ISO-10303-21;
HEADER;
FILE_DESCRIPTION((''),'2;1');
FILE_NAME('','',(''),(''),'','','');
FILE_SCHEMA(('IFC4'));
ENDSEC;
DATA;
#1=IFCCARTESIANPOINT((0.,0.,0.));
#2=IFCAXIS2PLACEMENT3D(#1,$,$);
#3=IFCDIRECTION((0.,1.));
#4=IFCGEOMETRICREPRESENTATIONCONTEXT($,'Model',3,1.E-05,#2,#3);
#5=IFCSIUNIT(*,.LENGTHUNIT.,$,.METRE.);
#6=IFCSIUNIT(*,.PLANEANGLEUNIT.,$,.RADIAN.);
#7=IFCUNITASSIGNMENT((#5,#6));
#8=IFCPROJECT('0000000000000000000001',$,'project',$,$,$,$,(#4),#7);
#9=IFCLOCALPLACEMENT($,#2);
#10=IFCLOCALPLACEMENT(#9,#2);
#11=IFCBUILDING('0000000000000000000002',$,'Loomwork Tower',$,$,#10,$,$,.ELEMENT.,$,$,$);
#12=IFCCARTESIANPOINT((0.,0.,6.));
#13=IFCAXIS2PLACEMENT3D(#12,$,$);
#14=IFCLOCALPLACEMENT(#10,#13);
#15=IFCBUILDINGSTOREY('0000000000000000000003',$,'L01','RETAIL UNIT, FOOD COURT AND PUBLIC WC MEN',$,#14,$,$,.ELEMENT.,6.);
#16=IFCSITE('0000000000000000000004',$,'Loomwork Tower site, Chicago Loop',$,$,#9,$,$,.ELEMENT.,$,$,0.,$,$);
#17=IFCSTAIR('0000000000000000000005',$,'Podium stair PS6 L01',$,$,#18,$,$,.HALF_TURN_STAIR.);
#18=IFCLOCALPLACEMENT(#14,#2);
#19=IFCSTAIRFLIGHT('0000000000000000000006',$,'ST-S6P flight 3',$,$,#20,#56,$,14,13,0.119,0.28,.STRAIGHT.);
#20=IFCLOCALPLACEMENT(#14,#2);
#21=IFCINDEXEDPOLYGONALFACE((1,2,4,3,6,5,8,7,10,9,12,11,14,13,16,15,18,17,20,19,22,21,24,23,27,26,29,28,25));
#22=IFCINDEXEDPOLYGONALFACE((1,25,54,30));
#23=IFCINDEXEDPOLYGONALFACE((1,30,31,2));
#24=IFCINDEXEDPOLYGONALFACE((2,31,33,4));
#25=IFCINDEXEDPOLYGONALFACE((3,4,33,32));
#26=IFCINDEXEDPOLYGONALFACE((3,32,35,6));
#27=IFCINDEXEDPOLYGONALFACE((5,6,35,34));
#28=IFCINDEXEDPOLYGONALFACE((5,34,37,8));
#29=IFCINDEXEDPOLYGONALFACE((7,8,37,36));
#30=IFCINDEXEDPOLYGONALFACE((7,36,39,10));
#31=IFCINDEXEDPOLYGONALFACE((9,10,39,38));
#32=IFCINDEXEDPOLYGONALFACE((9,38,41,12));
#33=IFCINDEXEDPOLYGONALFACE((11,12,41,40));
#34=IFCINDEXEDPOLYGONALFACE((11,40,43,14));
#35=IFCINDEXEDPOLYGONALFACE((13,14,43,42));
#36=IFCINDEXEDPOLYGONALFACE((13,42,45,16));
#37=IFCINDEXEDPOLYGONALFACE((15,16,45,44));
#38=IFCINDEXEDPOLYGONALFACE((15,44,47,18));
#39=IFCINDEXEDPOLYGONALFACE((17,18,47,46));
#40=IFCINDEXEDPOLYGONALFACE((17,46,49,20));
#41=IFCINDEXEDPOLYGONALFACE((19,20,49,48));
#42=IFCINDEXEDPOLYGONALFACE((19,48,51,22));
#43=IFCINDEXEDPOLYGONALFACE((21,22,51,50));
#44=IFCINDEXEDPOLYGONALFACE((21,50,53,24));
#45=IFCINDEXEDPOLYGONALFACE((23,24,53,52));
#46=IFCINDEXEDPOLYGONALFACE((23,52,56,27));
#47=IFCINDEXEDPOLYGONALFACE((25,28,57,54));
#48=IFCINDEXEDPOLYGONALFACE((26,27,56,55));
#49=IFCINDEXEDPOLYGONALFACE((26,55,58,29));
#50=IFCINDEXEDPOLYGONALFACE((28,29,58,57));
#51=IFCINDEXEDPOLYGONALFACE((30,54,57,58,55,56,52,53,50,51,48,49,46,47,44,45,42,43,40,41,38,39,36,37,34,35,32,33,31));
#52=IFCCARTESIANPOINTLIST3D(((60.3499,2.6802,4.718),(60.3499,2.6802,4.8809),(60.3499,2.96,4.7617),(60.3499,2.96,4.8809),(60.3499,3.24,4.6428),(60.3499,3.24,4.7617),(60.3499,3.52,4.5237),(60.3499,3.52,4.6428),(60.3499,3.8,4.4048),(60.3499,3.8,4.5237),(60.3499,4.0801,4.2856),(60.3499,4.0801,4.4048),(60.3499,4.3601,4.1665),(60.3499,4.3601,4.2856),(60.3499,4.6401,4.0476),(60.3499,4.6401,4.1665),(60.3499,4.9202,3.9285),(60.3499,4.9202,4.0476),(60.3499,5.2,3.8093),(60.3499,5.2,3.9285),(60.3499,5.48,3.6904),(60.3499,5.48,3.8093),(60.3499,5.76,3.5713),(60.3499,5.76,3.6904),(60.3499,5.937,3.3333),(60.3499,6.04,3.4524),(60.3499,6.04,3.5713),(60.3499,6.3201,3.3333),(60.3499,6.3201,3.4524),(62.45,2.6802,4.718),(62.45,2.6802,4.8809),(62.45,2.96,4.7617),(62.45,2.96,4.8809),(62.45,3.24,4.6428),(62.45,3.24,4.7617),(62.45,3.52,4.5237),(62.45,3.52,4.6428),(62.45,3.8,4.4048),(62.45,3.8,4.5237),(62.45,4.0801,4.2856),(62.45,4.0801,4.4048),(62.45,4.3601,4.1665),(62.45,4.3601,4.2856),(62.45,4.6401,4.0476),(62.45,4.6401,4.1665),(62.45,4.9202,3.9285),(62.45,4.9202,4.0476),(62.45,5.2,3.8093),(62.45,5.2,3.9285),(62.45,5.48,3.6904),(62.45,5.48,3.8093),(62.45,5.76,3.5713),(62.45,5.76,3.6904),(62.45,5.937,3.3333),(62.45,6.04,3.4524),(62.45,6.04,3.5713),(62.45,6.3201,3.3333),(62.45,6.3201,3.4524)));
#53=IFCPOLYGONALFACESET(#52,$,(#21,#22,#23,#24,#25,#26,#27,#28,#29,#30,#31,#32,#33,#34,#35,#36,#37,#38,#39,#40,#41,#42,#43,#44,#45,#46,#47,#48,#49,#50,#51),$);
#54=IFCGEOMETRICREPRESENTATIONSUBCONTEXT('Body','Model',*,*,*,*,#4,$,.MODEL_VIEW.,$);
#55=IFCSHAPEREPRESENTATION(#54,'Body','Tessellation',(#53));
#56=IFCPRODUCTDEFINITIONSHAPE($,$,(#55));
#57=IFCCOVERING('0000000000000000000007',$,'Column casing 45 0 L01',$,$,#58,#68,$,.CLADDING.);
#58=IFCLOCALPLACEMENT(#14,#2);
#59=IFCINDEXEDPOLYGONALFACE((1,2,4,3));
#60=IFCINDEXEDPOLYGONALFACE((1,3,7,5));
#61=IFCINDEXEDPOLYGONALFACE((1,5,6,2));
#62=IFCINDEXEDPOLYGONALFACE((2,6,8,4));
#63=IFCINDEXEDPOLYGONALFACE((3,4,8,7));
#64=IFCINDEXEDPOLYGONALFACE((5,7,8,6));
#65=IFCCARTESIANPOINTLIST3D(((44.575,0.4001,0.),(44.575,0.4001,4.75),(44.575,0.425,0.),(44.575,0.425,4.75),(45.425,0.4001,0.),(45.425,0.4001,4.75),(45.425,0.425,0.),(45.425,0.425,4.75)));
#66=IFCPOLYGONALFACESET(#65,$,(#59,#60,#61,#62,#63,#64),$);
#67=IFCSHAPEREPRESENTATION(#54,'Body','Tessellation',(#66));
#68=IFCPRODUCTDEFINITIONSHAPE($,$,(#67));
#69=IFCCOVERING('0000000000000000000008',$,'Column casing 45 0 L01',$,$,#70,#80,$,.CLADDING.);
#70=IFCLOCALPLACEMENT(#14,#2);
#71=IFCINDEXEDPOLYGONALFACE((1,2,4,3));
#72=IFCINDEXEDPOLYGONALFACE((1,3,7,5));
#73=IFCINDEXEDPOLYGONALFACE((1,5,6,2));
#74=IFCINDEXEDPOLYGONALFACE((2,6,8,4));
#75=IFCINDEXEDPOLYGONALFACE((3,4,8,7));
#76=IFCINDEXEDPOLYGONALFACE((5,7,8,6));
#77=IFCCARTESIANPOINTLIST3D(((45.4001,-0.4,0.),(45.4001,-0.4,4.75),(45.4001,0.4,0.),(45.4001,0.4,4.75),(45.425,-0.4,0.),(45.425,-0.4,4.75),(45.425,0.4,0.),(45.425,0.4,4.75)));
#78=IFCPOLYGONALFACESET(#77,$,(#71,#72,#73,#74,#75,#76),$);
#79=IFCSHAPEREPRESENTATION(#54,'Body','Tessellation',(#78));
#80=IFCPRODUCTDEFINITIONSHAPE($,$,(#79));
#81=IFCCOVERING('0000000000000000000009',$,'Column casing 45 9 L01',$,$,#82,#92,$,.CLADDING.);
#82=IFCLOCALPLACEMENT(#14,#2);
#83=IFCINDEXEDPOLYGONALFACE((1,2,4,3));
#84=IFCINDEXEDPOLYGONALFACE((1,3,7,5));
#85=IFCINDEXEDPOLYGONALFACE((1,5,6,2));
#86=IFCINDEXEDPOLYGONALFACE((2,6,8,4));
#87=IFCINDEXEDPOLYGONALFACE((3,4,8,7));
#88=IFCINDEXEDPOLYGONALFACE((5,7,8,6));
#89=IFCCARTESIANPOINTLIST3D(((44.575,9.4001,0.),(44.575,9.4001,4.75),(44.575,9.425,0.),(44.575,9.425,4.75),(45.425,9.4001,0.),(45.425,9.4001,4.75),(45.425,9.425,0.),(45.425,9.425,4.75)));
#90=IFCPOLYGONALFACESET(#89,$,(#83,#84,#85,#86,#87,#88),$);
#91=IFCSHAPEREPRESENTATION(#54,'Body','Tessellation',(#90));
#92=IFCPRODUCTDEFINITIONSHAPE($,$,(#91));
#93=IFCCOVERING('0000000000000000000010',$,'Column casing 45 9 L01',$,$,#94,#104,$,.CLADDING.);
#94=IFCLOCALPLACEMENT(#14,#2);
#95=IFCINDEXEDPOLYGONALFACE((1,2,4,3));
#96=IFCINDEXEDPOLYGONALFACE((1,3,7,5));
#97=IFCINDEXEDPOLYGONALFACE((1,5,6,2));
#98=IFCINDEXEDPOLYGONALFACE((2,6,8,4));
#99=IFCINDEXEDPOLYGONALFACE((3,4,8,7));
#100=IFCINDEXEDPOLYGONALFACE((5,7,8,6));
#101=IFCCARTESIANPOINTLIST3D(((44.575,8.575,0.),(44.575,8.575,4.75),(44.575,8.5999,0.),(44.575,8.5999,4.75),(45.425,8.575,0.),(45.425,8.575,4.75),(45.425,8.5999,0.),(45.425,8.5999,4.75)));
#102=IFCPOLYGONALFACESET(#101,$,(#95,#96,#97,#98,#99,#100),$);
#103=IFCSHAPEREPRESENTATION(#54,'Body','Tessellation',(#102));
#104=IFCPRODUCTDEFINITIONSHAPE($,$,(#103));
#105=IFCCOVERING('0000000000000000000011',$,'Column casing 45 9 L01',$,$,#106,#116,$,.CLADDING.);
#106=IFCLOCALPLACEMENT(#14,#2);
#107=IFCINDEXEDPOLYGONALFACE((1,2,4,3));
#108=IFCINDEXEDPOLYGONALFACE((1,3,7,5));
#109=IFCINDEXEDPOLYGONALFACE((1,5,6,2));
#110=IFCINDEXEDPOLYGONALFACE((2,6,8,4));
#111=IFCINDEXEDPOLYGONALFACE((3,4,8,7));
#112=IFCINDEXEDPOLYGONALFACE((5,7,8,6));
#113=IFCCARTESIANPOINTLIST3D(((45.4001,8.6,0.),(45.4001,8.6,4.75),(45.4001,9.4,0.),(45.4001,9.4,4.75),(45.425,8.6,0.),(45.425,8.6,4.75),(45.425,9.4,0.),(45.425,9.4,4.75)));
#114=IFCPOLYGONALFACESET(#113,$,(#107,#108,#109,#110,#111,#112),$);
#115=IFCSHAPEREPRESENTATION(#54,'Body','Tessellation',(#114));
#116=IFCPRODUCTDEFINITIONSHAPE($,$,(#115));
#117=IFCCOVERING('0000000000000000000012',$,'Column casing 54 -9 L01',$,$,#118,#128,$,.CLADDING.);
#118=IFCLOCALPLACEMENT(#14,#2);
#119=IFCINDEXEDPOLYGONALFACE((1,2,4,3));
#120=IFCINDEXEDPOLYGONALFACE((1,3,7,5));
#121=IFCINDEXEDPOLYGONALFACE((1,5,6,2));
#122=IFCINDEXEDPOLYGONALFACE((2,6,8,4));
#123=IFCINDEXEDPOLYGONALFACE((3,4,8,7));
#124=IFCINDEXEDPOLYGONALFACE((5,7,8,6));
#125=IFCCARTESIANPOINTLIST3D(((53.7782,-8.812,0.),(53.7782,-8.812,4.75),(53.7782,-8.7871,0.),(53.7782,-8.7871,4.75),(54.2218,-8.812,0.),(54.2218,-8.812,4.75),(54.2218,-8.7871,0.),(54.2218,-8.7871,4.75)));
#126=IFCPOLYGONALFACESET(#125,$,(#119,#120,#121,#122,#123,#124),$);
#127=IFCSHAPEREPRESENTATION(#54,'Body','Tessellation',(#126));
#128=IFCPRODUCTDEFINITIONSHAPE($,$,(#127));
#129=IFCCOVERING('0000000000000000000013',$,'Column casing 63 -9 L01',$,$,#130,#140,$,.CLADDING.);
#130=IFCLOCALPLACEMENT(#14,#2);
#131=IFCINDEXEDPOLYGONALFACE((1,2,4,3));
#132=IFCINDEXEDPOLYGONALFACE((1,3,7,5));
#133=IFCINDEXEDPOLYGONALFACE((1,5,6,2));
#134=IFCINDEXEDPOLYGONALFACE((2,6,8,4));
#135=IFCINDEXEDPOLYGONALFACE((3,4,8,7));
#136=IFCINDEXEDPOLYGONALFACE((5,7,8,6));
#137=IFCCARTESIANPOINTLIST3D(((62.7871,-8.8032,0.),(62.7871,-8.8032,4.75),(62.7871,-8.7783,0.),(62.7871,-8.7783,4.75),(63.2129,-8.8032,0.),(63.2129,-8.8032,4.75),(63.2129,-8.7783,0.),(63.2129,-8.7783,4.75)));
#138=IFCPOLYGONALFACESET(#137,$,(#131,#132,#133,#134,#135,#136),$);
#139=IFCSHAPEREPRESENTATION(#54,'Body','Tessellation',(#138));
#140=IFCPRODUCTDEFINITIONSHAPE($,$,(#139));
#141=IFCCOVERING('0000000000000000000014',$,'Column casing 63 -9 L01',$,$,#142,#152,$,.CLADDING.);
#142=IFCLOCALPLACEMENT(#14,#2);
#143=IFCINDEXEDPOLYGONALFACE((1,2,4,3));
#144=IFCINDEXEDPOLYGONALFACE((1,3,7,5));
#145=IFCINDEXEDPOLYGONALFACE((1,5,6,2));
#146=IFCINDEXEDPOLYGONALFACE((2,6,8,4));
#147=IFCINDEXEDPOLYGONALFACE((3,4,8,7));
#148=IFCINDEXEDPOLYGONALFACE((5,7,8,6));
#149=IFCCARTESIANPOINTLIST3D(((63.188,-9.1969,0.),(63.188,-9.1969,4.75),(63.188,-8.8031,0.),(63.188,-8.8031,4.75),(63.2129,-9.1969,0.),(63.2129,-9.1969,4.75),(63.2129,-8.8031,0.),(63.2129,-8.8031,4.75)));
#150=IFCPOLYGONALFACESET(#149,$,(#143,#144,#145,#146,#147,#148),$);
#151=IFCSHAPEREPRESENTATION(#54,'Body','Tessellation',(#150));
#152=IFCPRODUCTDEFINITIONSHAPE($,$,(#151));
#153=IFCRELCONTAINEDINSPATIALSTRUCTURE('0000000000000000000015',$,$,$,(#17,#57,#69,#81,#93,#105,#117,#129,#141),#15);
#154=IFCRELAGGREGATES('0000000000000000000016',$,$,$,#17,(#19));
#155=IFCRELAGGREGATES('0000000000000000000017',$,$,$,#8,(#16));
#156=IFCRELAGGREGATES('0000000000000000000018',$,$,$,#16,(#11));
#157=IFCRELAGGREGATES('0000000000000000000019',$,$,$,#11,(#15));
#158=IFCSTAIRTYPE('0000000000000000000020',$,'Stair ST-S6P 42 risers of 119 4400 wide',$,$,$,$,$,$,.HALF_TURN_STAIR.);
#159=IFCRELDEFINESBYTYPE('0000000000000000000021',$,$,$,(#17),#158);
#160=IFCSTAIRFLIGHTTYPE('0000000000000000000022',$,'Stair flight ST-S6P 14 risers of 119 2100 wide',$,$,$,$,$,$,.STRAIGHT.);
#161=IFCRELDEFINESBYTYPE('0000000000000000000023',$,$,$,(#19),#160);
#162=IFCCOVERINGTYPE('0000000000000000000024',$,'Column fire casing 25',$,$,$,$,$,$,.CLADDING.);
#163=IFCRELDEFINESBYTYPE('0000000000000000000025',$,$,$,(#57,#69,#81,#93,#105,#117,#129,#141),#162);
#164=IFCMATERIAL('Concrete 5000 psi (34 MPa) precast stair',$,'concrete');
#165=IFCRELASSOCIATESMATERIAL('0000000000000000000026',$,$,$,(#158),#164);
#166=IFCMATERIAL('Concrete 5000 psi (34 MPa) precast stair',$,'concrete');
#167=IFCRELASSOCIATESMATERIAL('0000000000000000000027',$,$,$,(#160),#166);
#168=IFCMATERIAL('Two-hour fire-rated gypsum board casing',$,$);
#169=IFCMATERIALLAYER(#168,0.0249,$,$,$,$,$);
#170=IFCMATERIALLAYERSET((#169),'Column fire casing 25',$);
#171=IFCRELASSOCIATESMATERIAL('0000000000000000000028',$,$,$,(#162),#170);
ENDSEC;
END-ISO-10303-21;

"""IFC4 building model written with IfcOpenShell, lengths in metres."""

from ifc_helpers import new_model, si_unit, direction, frame, origin, origin_2d, place, context, subcontext, project, spatial, polyline, rectangle, outline, extrude, material, layer, layer_set, type_object, element, aggregate, save


model = new_model("IFC4")

# Units and contexts
model_context = context("Model", 3, precision=1e-05, world=origin(), true_north=direction((0.0, 1.0)))
body_context = subcontext(model_context, "Body", "Model", "MODEL_VIEW")
ifc_project = project(units=[si_unit("LENGTHUNIT", "METRE"), si_unit("PLANEANGLEUNIT", "RADIAN")], contexts=[model_context])

# Site, building, storey
site_placement = place(None, origin())
site = spatial("IfcSite", under=ifc_project, at=site_placement, Name="Loomwork Tower site, Chicago Loop", CompositionType="ELEMENT", RefElevation=0.0)
building_placement = place(site_placement, origin())
building = spatial("IfcBuilding", under=site, at=building_placement, Name="Loomwork Tower", CompositionType="ELEMENT")
storey_placement = place(building_placement, frame((0.0, 0.0, 6.0)))
storey = spatial("IfcBuildingStorey", under=building, at=storey_placement, Name="L01", Description="RETAIL UNIT, FOOD COURT AND PUBLIC WC MEN", CompositionType="ELEMENT", Elevation=6.0)

# Stair, stair flight
ifc_material_1 = material(Name="Concrete 5000 psi (34 MPa) precast stair", Category="concrete")
stair_type = type_object("IfcStairType", Name="Stair ST-S6P 42 risers of 119 4400 wide", PredefinedType="HALF_TURN_STAIR", material=ifc_material_1)
stair_placement = place(storey_placement, origin())
stair = element("IfcStair", 1, at=stair_placement, inside=storey, type_object=stair_type, Name="Podium stair PS6 L01", PredefinedType="HALF_TURN_STAIR")
ifc_material_2 = material(Name="Concrete 5000 psi (34 MPa) precast stair", Category="concrete")
stair_flight_type = type_object("IfcStairFlightType", Name="Stair flight ST-S6P 14 risers of 119 2100 wide", PredefinedType="STRAIGHT", material=ifc_material_2)
stair_flight_1_placement = place(storey_placement, frame((61.3999, 6.3201, 3.3333), z_axis=(0.0, 0.0, 1.0), x_axis=(0.0, -1.0, 0.0)))
stair_flight_1 = element("IfcStairFlight", 2, at=stair_flight_1_placement, type_object=stair_flight_type, Name="ST-S6P flight 3", NumberOfRisers=14, NumberOfTreads=13, PredefinedType="STRAIGHT", RiserHeight=0.119, TreadLength=0.28, context=body_context, shape_type="SweptSolid", body=[
    extrude(outline(polyline([(0.0, 0.0), (0.0, 0.1191), (0.28, 0.1191), (0.28, 0.238), (0.5601, 0.238), (0.5601, 0.3572), (0.8401, 0.3572), (0.8401, 0.4761), (1.1201, 0.4761), (1.1201, 0.5952), (1.3999, 0.5952), (1.3999, 0.7144), (1.6799, 0.7144), (1.6799, 0.8333), (1.96, 0.8333), (1.96, 0.9524), (2.24, 0.9524), (2.24, 1.0715), (2.52, 1.0715), (2.52, 1.1904), (2.8, 1.1904), (2.8, 1.3096), (3.0801, 1.3096), (3.0801, 1.4285), (3.3601, 1.4285), (3.3601, 1.5476), (3.6399, 1.5476), (3.6399, 1.6667), (3.6399, 1.3848), (0.3831, 0.0), (0.0, 0.0)])), frame((0.0, 1.05, 0.0), z_axis=(0.0, -1.0, 0.0), x_axis=(1.0, 0.0, 0.0)), (0.0, 0.0, 1.0), 2.1001),
])
aggregate(stair, [stair_flight_1])

# Coverings
ifc_material_3 = material(Name="Two-hour fire-rated gypsum board casing")
ifc_layer_1 = layer(ifc_material_3, 0.0249)
ifc_layer_set_1 = layer_set([ifc_layer_1], Name="Column fire casing 25")
covering_type = type_object("IfcCoveringType", Name="Column fire casing 25", PredefinedType="CLADDING", material=ifc_layer_set_1)
covering_1_placement = place(storey_placement, frame((45.0, 0.4126, 0.0), z_axis=(0.0, 0.0, 1.0), x_axis=(1.0, 0.0, 0.0)))
element("IfcCovering", 3, at=covering_1_placement, inside=storey, type_object=covering_type, Name="Column casing 45 0 L01", PredefinedType="CLADDING", context=body_context, shape_type="SweptSolid", body=[
    extrude(rectangle(XDim=0.8501, YDim=0.0249, at=origin_2d()), origin(), (0.0, 0.0, 1.0), 4.75),
])
covering_2_placement = place(storey_placement, frame((45.4126, 0.0, 0.0), z_axis=(0.0, 0.0, 1.0), x_axis=(1.0, 0.0, 0.0)))
element("IfcCovering", 4, at=covering_2_placement, inside=storey, type_object=covering_type, Name="Column casing 45 0 L01", PredefinedType="CLADDING", context=body_context, shape_type="SweptSolid", body=[
    extrude(rectangle(XDim=0.0249, YDim=0.8, at=origin_2d()), origin(), (0.0, 0.0, 1.0), 4.75),
])
for number, where, z_axis, x_axis, name in (
    (5, (45.0, 9.4126, 0.0), (0.0, 0.0, 1.0), (1.0, 0.0, 0.0), "Column casing 45 9 L01"),
    (6, (45.0, 8.5874, 0.0), (0.0, 0.0, 1.0), (1.0, 0.0, 0.0), "Column casing 45 9 L01"),
):
    element("IfcCovering", number, at=place(storey_placement, frame(where, z_axis=z_axis, x_axis=x_axis)), inside=storey, type_object=covering_type, Name=name, PredefinedType="CLADDING", context=body_context, shape_type="SweptSolid", body=[
        extrude(rectangle(XDim=0.8501, YDim=0.0249, at=origin_2d()), origin(), (0.0, 0.0, 1.0), 4.75),
    ])
covering_3_placement = place(storey_placement, frame((45.4126, 9.0, 0.0), z_axis=(0.0, 0.0, 1.0), x_axis=(1.0, 0.0, 0.0)))
element("IfcCovering", 7, at=covering_3_placement, inside=storey, type_object=covering_type, Name="Column casing 45 9 L01", PredefinedType="CLADDING", context=body_context, shape_type="SweptSolid", body=[
    extrude(rectangle(XDim=0.0249, YDim=0.8, at=origin_2d()), origin(), (0.0, 0.0, 1.0), 4.75),
])
covering_4_placement = place(storey_placement, frame((54.0, -8.7996, 0.0), z_axis=(0.0, 0.0, 1.0), x_axis=(1.0, 0.0, 0.0)))
element("IfcCovering", 8, at=covering_4_placement, inside=storey, type_object=covering_type, Name="Column casing 54 -9 L01", PredefinedType="CLADDING", context=body_context, shape_type="SweptSolid", body=[
    extrude(rectangle(XDim=0.4436, YDim=0.0249, at=origin_2d()), origin(), (0.0, 0.0, 1.0), 4.75),
])
covering_5_placement = place(storey_placement, frame((63.0, -8.7908, 0.0), z_axis=(0.0, 0.0, 1.0), x_axis=(1.0, 0.0, 0.0)))
element("IfcCovering", 9, at=covering_5_placement, inside=storey, type_object=covering_type, Name="Column casing 63 -9 L01", PredefinedType="CLADDING", context=body_context, shape_type="SweptSolid", body=[
    extrude(rectangle(XDim=0.4258, YDim=0.0249, at=origin_2d()), origin(), (0.0, 0.0, 1.0), 4.75),
])
covering_6_placement = place(storey_placement, frame((63.2004, -9.0, 0.0), z_axis=(0.0, 0.0, 1.0), x_axis=(1.0, 0.0, 0.0)))
element("IfcCovering", 10, at=covering_6_placement, inside=storey, type_object=covering_type, Name="Column casing 63 -9 L01", PredefinedType="CLADDING", context=body_context, shape_type="SweptSolid", body=[
    extrude(rectangle(XDim=0.0249, YDim=0.3938, at=origin_2d()), origin(), (0.0, 0.0, 1.0), 4.75),
])

save(model, "model.ifc")
